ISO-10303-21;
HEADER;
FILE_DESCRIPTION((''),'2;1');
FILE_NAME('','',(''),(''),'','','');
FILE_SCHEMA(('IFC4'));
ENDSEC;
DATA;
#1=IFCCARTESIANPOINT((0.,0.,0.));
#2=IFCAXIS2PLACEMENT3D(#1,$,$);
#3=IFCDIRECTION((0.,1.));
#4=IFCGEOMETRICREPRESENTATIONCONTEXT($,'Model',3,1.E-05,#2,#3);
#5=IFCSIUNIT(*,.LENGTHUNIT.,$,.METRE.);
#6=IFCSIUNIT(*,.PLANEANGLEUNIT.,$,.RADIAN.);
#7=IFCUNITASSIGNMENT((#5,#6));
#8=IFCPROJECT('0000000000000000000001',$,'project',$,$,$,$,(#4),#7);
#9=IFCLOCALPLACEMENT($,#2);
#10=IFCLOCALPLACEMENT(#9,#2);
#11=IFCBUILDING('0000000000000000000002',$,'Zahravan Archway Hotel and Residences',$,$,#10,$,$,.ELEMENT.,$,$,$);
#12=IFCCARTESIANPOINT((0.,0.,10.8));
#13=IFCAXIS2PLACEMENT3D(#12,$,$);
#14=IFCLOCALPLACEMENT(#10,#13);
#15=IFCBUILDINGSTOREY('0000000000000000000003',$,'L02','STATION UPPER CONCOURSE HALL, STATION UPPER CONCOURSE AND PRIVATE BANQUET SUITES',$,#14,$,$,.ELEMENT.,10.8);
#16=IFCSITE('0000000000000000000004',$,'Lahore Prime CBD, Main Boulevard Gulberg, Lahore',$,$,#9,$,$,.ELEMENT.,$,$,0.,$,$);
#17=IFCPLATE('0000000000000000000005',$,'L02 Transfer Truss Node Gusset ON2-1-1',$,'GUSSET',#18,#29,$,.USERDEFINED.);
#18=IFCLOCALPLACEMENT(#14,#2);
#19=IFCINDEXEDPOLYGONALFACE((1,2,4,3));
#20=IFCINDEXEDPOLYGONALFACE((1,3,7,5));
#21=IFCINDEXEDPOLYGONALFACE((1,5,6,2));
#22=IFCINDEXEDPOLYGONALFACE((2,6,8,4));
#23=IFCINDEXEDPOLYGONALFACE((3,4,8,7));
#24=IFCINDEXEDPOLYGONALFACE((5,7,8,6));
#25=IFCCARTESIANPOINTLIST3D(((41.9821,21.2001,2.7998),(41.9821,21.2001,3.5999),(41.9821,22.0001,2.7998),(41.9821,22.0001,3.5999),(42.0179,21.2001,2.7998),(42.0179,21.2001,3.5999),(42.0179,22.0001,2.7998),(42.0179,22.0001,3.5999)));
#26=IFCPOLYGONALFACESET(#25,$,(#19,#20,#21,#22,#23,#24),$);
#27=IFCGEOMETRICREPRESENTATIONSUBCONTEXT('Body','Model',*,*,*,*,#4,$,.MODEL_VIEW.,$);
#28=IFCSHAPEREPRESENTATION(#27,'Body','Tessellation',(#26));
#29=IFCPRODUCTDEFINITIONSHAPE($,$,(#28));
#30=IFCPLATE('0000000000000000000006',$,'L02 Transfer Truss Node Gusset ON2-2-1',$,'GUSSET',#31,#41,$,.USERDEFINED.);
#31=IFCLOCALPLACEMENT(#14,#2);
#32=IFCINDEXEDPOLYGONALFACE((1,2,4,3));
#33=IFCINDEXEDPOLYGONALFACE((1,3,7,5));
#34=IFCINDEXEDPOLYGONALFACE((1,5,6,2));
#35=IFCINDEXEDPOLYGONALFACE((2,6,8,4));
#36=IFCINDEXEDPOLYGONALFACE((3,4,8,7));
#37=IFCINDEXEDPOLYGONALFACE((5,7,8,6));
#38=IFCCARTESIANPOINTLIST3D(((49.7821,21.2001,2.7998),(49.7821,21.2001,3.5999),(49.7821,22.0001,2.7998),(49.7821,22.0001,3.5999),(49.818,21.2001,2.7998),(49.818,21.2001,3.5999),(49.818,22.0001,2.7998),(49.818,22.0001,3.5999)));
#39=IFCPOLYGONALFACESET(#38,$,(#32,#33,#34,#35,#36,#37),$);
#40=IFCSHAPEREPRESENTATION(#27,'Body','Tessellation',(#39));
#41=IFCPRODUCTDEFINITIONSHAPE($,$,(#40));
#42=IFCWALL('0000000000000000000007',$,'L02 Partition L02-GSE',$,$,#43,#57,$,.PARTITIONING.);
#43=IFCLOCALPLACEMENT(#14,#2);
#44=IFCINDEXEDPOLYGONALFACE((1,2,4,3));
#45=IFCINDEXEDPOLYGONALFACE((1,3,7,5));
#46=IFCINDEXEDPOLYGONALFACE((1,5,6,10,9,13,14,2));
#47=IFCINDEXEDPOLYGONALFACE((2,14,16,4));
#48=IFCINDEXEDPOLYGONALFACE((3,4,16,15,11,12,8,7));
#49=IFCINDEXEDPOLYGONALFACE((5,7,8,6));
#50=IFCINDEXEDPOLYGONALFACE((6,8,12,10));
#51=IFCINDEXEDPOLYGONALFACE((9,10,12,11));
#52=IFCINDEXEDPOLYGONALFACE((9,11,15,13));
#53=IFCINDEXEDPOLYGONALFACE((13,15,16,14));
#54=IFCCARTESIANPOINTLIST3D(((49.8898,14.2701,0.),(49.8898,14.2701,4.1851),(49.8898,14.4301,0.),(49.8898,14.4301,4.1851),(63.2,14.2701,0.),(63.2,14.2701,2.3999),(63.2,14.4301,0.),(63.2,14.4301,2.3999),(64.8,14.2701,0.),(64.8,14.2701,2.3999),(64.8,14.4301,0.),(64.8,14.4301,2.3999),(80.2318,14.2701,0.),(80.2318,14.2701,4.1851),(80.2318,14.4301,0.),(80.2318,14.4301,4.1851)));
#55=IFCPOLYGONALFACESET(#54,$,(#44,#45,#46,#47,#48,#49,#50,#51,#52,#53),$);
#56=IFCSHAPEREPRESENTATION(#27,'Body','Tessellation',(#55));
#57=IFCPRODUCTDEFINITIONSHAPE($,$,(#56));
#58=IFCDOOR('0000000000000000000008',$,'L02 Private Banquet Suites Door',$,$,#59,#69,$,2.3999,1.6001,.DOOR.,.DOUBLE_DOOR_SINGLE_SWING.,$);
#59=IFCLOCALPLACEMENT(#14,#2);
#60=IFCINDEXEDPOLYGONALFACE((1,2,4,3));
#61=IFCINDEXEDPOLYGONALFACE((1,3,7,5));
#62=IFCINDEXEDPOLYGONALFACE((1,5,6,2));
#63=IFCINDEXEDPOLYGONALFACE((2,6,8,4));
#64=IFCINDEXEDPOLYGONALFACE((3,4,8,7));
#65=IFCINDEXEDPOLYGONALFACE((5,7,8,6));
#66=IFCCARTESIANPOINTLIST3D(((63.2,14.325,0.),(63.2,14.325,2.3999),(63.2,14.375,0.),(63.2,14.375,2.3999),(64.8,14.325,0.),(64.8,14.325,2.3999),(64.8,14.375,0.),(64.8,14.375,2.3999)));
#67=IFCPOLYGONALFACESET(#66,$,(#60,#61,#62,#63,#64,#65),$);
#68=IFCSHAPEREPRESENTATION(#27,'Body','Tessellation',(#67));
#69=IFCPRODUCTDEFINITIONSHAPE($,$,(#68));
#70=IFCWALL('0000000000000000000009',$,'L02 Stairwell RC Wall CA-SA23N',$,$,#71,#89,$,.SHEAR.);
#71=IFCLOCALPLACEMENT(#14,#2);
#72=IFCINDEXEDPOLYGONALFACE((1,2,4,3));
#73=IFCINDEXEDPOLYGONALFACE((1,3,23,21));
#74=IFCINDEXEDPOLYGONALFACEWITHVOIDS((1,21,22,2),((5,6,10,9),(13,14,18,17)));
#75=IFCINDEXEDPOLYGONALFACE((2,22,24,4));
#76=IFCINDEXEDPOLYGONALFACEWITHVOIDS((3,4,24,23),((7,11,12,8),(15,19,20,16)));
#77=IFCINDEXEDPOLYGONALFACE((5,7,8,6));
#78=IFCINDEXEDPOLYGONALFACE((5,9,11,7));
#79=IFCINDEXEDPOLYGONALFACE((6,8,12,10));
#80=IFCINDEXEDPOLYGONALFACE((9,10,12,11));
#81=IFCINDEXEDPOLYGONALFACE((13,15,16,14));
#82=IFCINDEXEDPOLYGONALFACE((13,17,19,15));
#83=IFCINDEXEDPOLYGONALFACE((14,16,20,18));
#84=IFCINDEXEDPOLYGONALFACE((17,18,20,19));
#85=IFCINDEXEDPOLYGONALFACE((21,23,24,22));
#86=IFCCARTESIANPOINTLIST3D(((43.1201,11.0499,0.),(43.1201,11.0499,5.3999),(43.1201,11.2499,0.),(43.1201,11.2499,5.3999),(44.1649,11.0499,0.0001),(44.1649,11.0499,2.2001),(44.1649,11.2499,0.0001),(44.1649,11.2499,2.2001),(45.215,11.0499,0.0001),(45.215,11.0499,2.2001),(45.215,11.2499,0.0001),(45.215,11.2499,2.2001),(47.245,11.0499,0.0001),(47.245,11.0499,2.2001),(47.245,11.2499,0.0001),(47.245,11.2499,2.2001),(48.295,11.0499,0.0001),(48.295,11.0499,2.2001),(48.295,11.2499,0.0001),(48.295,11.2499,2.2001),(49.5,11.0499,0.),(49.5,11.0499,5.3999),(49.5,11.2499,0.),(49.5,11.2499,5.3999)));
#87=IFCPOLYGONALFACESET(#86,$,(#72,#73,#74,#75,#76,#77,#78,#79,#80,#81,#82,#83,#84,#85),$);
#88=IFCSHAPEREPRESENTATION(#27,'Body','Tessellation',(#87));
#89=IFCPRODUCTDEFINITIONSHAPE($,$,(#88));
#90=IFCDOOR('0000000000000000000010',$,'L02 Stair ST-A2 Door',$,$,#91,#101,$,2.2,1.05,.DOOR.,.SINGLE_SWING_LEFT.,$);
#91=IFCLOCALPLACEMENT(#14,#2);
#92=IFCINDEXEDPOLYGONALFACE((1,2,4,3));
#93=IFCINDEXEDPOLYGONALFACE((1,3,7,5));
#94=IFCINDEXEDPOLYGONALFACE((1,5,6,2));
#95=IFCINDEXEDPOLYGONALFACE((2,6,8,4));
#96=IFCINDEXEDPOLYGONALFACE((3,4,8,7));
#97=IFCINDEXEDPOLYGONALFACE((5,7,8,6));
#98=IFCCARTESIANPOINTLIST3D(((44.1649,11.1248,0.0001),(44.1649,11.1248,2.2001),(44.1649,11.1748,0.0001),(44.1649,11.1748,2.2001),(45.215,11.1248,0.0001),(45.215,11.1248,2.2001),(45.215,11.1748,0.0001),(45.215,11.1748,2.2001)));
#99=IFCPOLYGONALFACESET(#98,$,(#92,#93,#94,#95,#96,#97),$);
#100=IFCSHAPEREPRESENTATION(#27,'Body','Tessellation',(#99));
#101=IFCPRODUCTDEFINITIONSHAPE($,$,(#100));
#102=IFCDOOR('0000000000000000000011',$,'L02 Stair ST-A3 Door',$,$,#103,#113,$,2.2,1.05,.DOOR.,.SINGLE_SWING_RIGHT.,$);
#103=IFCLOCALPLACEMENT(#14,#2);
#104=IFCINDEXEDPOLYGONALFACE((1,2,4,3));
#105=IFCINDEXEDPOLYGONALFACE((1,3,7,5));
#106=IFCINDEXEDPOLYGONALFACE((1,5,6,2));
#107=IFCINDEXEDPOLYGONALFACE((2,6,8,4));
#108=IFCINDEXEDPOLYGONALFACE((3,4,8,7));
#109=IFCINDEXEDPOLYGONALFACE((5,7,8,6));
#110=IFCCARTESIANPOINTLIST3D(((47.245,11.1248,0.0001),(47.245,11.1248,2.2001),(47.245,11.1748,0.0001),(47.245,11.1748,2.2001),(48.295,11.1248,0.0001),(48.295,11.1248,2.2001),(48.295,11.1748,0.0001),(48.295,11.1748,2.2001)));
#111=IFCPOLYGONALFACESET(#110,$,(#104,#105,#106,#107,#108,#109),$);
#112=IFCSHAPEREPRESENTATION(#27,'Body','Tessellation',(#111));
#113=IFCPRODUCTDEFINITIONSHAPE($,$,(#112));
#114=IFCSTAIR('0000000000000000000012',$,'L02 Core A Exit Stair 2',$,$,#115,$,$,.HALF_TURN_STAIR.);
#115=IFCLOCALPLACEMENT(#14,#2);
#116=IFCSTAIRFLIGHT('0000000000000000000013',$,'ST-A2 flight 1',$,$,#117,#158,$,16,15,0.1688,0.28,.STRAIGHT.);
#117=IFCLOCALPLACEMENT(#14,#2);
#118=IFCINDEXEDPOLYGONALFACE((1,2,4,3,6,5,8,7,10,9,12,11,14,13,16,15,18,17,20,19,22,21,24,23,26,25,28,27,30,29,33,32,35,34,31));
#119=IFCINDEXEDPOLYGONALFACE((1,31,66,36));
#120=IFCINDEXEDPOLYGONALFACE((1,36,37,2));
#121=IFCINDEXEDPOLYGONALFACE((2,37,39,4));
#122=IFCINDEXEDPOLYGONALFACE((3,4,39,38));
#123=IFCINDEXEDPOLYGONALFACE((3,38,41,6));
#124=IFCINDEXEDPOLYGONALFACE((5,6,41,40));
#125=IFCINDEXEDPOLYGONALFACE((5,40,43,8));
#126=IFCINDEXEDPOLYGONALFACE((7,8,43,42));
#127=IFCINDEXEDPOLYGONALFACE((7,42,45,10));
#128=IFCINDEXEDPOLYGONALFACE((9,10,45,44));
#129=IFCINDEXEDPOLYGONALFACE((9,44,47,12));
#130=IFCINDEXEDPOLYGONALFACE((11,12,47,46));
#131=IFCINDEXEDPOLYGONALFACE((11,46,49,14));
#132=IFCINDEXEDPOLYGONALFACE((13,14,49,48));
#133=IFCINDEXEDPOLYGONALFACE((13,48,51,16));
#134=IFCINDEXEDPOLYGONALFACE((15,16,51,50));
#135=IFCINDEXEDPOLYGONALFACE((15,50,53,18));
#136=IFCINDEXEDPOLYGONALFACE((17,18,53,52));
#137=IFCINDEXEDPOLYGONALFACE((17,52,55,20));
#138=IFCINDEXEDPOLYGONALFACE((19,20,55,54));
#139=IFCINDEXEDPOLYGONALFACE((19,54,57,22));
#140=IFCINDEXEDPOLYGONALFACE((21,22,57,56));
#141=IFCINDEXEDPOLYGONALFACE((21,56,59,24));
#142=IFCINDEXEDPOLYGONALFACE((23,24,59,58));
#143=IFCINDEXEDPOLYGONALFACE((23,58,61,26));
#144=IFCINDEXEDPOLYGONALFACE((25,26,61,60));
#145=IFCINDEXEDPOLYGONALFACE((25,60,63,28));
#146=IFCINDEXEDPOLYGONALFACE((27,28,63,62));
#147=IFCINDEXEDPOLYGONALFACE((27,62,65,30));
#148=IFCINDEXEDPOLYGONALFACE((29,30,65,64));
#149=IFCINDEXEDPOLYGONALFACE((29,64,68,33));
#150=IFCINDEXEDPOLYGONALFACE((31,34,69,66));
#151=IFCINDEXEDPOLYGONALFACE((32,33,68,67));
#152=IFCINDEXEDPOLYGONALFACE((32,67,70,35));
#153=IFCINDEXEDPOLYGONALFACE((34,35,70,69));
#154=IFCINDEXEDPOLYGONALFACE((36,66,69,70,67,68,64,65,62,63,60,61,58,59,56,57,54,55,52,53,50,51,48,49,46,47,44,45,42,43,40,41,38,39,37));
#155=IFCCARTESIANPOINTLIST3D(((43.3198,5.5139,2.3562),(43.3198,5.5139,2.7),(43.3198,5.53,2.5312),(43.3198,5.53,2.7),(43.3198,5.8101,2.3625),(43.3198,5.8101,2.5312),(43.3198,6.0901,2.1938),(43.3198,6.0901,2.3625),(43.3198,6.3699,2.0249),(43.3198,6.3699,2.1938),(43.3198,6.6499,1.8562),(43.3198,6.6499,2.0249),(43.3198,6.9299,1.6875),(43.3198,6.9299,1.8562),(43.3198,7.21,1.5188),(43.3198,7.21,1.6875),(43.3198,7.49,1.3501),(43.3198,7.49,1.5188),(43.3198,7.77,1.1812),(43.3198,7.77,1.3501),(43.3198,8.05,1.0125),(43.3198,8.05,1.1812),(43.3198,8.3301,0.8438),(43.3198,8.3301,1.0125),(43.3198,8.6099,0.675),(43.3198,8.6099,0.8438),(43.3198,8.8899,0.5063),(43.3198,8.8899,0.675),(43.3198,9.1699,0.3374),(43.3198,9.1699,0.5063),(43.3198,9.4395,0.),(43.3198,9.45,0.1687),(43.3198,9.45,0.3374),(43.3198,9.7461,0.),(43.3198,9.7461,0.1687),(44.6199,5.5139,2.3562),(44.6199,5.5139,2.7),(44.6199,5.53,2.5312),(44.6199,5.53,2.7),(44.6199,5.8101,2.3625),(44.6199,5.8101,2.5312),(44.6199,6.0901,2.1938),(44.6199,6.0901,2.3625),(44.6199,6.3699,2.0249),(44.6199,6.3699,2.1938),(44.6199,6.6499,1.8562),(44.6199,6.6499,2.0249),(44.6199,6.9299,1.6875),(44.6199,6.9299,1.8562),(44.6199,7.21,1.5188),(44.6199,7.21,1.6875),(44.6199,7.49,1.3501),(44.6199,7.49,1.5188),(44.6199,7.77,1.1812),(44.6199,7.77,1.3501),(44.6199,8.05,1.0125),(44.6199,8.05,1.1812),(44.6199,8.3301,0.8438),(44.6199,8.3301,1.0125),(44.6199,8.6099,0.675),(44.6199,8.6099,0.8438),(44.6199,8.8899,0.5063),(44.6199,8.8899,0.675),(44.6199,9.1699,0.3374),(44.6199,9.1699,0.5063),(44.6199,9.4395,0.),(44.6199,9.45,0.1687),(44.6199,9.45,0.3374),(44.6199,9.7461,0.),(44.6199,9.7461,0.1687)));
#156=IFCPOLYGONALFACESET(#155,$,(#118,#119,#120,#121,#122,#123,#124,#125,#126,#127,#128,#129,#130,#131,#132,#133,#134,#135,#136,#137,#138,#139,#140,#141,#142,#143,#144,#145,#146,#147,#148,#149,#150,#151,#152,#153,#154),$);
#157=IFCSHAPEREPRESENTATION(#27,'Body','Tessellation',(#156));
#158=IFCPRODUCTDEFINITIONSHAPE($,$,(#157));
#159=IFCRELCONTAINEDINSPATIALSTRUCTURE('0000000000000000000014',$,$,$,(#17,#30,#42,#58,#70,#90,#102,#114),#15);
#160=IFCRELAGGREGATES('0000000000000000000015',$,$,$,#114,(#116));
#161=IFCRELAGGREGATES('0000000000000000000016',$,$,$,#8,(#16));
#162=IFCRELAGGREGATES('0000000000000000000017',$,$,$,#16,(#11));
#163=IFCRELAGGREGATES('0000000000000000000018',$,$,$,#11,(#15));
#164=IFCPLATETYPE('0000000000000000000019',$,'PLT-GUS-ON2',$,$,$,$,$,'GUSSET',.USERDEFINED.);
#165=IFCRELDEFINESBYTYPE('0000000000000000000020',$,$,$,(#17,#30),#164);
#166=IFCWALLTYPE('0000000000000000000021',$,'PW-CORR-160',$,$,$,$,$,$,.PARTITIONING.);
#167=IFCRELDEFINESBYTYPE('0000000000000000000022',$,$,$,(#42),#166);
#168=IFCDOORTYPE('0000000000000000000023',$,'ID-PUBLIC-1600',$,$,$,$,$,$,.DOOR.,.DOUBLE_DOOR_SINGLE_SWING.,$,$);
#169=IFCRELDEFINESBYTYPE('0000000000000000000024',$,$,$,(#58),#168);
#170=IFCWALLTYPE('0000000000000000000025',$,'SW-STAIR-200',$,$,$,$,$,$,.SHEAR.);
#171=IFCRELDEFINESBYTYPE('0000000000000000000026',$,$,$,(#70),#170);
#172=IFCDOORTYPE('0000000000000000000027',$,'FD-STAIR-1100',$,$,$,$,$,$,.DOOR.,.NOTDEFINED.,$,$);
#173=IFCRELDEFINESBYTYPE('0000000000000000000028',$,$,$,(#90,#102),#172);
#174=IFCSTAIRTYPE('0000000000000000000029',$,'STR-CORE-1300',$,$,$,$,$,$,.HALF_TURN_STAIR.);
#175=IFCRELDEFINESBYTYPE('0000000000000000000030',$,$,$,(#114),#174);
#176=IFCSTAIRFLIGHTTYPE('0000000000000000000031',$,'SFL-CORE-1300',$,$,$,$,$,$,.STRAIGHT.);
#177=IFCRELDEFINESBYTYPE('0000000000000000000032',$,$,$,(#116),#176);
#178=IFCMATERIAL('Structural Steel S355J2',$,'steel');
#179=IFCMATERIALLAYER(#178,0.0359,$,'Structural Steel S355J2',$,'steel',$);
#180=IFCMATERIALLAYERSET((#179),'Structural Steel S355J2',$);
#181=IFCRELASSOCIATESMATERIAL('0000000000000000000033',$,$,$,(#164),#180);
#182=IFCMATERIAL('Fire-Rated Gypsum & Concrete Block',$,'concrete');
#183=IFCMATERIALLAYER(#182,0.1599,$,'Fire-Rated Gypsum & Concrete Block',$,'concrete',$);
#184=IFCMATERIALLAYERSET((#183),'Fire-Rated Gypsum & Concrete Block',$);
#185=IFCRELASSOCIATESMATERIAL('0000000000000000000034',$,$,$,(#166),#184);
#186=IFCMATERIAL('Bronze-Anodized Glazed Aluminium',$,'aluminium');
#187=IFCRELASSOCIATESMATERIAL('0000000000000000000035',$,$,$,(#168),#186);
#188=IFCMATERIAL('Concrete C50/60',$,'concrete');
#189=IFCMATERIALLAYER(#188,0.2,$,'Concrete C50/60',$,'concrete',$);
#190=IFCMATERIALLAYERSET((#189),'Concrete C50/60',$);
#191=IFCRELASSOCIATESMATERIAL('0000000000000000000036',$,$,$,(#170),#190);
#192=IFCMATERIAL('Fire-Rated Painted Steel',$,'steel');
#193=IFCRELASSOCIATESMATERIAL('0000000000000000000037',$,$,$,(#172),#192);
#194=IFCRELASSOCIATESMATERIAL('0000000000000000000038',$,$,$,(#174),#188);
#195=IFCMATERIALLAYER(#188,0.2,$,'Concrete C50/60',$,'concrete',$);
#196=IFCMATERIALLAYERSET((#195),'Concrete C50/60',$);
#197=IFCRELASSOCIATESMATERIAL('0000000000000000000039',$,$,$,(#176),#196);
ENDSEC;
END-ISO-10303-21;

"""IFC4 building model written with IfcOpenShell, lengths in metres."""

from ifc_helpers import new_model, si_unit, direction, frame, frame_2d, origin, origin_2d, place, context, subcontext, project, spatial, polyline, rectangle, outline, extrude, source, transform, mapped, material, layer, layer_set, type_object, type_shapes, element, fill, aggregate, save


model = new_model("IFC4")

# Units and contexts
model_context = context("Model", 3, precision=1e-05, world=origin(), true_north=direction((0.0, 1.0)))
body_context = subcontext(model_context, "Body", "Model", "MODEL_VIEW")
ifc_project = project(units=[si_unit("LENGTHUNIT", "METRE"), si_unit("PLANEANGLEUNIT", "RADIAN")], contexts=[model_context])

# Site, building, storey
site_placement = place(None, origin())
site = spatial("IfcSite", under=ifc_project, at=site_placement, Name="Lahore Prime CBD, Main Boulevard Gulberg, Lahore", CompositionType="ELEMENT", RefElevation=0.0)
building_placement = place(site_placement, origin())
building = spatial("IfcBuilding", under=site, at=building_placement, Name="Zahravan Archway Hotel and Residences", CompositionType="ELEMENT")
storey_placement = place(building_placement, frame((0.0, 0.0, 10.8)))
storey = spatial("IfcBuildingStorey", under=building, at=storey_placement, Name="L02", Description="STATION UPPER CONCOURSE HALL, STATION UPPER CONCOURSE AND PRIVATE BANQUET SUITES", CompositionType="ELEMENT", Elevation=10.8)

# Shared definitions
ifc_material_1 = material(Name="Structural Steel S355J2", Category="steel")

# Plates
ifc_layer_1 = layer(ifc_material_1, 0.0359, Name="Structural Steel S355J2", Category="steel")
ifc_layer_set_1 = layer_set([ifc_layer_1], Name="Structural Steel S355J2")
plate_type = type_object("IfcPlateType", Name="PLT-GUS-ON2", ElementType="GUSSET", PredefinedType="USERDEFINED", material=ifc_layer_set_1)
shared_shape_1 = source(origin(), body_context, "Body", "SweptSolid", [
    extrude(rectangle(XDim=0.8, YDim=0.0359, at=origin_2d()), origin(), (0.0, 0.0, 1.0), 0.8),
])
type_shapes(plate_type, [shared_shape_1])
for number, where, z_axis, x_axis, name in (
    (1, (42.0, 21.6001, 2.7998), (0.0, 0.0, 1.0), (0.0, 1.0, 0.0), "L02 Transfer Truss Node Gusset ON2-1-1"),
    (2, (49.8, 21.6001, 2.7998), (0.0, 0.0, 1.0), (0.0, 1.0, 0.0), "L02 Transfer Truss Node Gusset ON2-2-1"),
):
    element("IfcPlate", number, at=place(storey_placement, frame(where, z_axis=z_axis, x_axis=x_axis)), inside=storey, type_object=plate_type, Name=name, ObjectType="GUSSET", PredefinedType="USERDEFINED", context=body_context, shape_type="MappedRepresentation", body=[
        mapped(shared_shape_1, transform((0.0, 0.0, 0.0), scale=1.0)),
    ])

# Wall, opening, door
ifc_material_2 = material(Name="Fire-Rated Gypsum & Concrete Block", Category="concrete")
ifc_material_3 = material(Name="Fire-Rated Painted Steel", Category="steel")
ifc_layer_2 = layer(ifc_material_2, 0.1599, Name="Fire-Rated Gypsum & Concrete Block", Category="concrete")
ifc_layer_set_2 = layer_set([ifc_layer_2], Name="Fire-Rated Gypsum & Concrete Block")
wall_type_1 = type_object("IfcWallType", Name="PW-CORR-160", PredefinedType="PARTITIONING", material=ifc_layer_set_2)
wall_1_placement = place(storey_placement, frame((49.8899, 14.3501, 0.0), z_axis=(0.0, 0.0, 1.0), x_axis=(1.0, 0.0, 0.0)))
wall_1 = element("IfcWall", 3, at=wall_1_placement, inside=storey, type_object=wall_type_1, Name="L02 Partition L02-GSE", PredefinedType="PARTITIONING", context=body_context, shape_type="SweptSolid", body=[
    extrude(rectangle(XDim=30.342, YDim=0.1599, at=frame_2d((15.1709, 0.0))), origin(), (0.0, 0.0, 1.0), 4.1851),
])
opening_1_placement = place(wall_1_placement, frame((13.3101, 0.0, 0.0)))
opening_1 = element("IfcOpeningElement", 4, at=opening_1_placement, cuts=wall_1, PredefinedType="OPENING", context=body_context, shape_type="SweptSolid", body=[
    extrude(rectangle(XDim=1.6001, YDim=2.3999, at=frame_2d((0.8, 1.2))), frame((0.0, 0.0898, 0.0), z_axis=(0.0, -1.0, 0.0), x_axis=(1.0, 0.0, 0.0)), (0.0, 0.0, 1.0), 0.1799),
])
ifc_material_4 = material(Name="Bronze-Anodized Glazed Aluminium", Category="aluminium")
door_type_1 = type_object("IfcDoorType", Name="ID-PUBLIC-1600", OperationType="DOUBLE_DOOR_SINGLE_SWING", PredefinedType="DOOR", material=ifc_material_4)
shared_shape_2 = source(origin(), body_context, "Body", "SweptSolid", [
    extrude(rectangle(XDim=1.6001, YDim=2.3999, at=frame_2d((0.8, 1.2))), frame((0.0, 0.0249, 0.0), z_axis=(0.0, -1.0, 0.0), x_axis=(1.0, 0.0, 0.0)), (0.0, 0.0, 1.0), 0.05),
])
type_shapes(door_type_1, [shared_shape_2])
door_1_placement = place(opening_1_placement, origin())
door_1 = element("IfcDoor", 5, at=door_1_placement, inside=storey, type_object=door_type_1, Name="L02 Private Banquet Suites Door", OperationType="DOUBLE_DOOR_SINGLE_SWING", OverallHeight=2.3999, OverallWidth=1.6001, PredefinedType="DOOR", context=body_context, shape_type="MappedRepresentation", body=[
    mapped(shared_shape_2, transform((0.0, 0.0, 0.0), scale=1.0)),
])
fill(opening_1, door_1)

# Wall, openings, doors
ifc_material_5 = material(Name="Concrete C50/60", Category="concrete")
ifc_layer_3 = layer(ifc_material_5, 0.2, Name="Concrete C50/60", Category="concrete")
ifc_layer_set_3 = layer_set([ifc_layer_3], Name="Concrete C50/60")
wall_type_2 = type_object("IfcWallType", Name="SW-STAIR-200", PredefinedType="SHEAR", material=ifc_layer_set_3)
wall_2_placement = place(storey_placement, frame((43.1201, 11.1499, 0.0), z_axis=(0.0, 0.0, 1.0), x_axis=(1.0, 0.0, 0.0)))
wall_2 = element("IfcWall", 6, at=wall_2_placement, inside=storey, type_object=wall_type_2, Name="L02 Stairwell RC Wall CA-SA23N", PredefinedType="SHEAR", context=body_context, shape_type="SweptSolid", body=[
    extrude(rectangle(XDim=6.3799, YDim=0.2, at=frame_2d((3.1899, 0.0))), origin(), (0.0, 0.0, 1.0), 5.3999),
])
opening_2_placement = place(wall_2_placement, frame((1.0449, 0.0, 0.0)))
opening_2 = element("IfcOpeningElement", 7, at=opening_2_placement, cuts=wall_2, PredefinedType="OPENING", context=body_context, shape_type="SweptSolid", body=[
    extrude(rectangle(XDim=1.05, YDim=2.2, at=frame_2d((0.5249, 1.1001))), frame((0.0, 0.1099, 0.0), z_axis=(0.0, -1.0, 0.0), x_axis=(1.0, 0.0, 0.0)), (0.0, 0.0, 1.0), 0.22),
])
opening_3_placement = place(wall_2_placement, frame((4.125, 0.0, 0.0)))
opening_3 = element("IfcOpeningElement", 8, at=opening_3_placement, cuts=wall_2, PredefinedType="OPENING", context=body_context, shape_type="SweptSolid", body=[
    extrude(rectangle(XDim=1.05, YDim=2.2, at=frame_2d((0.5249, 1.1001))), frame((0.0, 0.1099, 0.0), z_axis=(0.0, -1.0, 0.0), x_axis=(1.0, 0.0, 0.0)), (0.0, 0.0, 1.0), 0.22),
])
door_type_2 = type_object("IfcDoorType", Name="FD-STAIR-1100", OperationType="NOTDEFINED", PredefinedType="DOOR", material=ifc_material_3)
shared_shape_3 = source(origin(), body_context, "Body", "SweptSolid", [
    extrude(rectangle(XDim=1.05, YDim=2.2, at=frame_2d((0.5249, 1.1001))), frame((0.0, 0.0249, 0.0), z_axis=(0.0, -1.0, 0.0), x_axis=(1.0, 0.0, 0.0)), (0.0, 0.0, 1.0), 0.05),
])
type_shapes(door_type_2, [shared_shape_3])
door_2_placement = place(opening_2_placement, origin())
door_2 = element("IfcDoor", 9, at=door_2_placement, inside=storey, type_object=door_type_2, Name="L02 Stair ST-A2 Door", OperationType="SINGLE_SWING_LEFT", OverallHeight=2.2, OverallWidth=1.05, PredefinedType="DOOR", context=body_context, shape_type="MappedRepresentation", body=[
    mapped(shared_shape_3, transform((0.0, 0.0, 0.0), scale=1.0)),
])
fill(opening_2, door_2)
door_3_placement = place(opening_3_placement, origin())
door_3 = element("IfcDoor", 10, at=door_3_placement, inside=storey, type_object=door_type_2, Name="L02 Stair ST-A3 Door", OperationType="SINGLE_SWING_RIGHT", OverallHeight=2.2, OverallWidth=1.05, PredefinedType="DOOR", context=body_context, shape_type="MappedRepresentation", body=[
    mapped(shared_shape_3, transform((0.0, 0.0, 0.0), scale=1.0)),
])
fill(opening_3, door_3)

# Stair, stair flight
stair_type = type_object("IfcStairType", Name="STR-CORE-1300", PredefinedType="HALF_TURN_STAIR", material=ifc_material_5)
stair_1_placement = place(storey_placement, origin())
stair_1 = element("IfcStair", 11, at=stair_1_placement, inside=storey, type_object=stair_type, Name="L02 Core A Exit Stair 2", PredefinedType="HALF_TURN_STAIR")
ifc_layer_4 = layer(ifc_material_5, 0.2, Name="Concrete C50/60", Category="concrete")
ifc_layer_set_4 = layer_set([ifc_layer_4], Name="Concrete C50/60")
stair_flight_type = type_object("IfcStairFlightType", Name="SFL-CORE-1300", PredefinedType="STRAIGHT", material=ifc_layer_set_4)
shared_shape_4 = source(origin(), body_context, "Body", "SweptSolid", [
    extrude(outline(polyline([(-0.0161, 0.0), (-0.0161, 0.1687), (0.28, 0.1687), (0.28, 0.3374), (0.5601, 0.3374), (0.5601, 0.5063), (0.8401, 0.5063), (0.8401, 0.675), (1.1201, 0.675), (1.1201, 0.8438), (1.3999, 0.8438), (1.3999, 1.0125), (1.6799, 1.0125), (1.6799, 1.1812), (1.96, 1.1812), (1.96, 1.3501), (2.24, 1.3501), (2.24, 1.5188), (2.52, 1.5188), (2.52, 1.6875), (2.8, 1.6875), (2.8, 1.8562), (3.0801, 1.8562), (3.0801, 2.0249), (3.3601, 2.0249), (3.3601, 2.1938), (3.6399, 2.1938), (3.6399, 2.3625), (3.9199, 2.3625), (3.9199, 2.5312), (4.2, 2.5312), (4.2, 2.7), (4.2161, 2.7), (4.2161, 2.3562), (0.2905, 0.0), (-0.0161, 0.0)])), frame((0.0, 0.6499, 0.0), z_axis=(0.0, -1.0, 0.0), x_axis=(1.0, 0.0, 0.0)), (0.0, 0.0, 1.0), 1.3),
])
stair_flight_1_placement = place(storey_placement, frame((43.97, 9.73, 0.0), z_axis=(0.0, 0.0, 1.0), x_axis=(0.0, -1.0, 0.0)))
stair_flight_1 = element("IfcStairFlight", 12, at=stair_flight_1_placement, type_object=stair_flight_type, Name="ST-A2 flight 1", NumberOfRisers=16, NumberOfTreads=15, PredefinedType="STRAIGHT", RiserHeight=0.1688, TreadLength=0.28, context=body_context, shape_type="MappedRepresentation", body=[
    mapped(shared_shape_4, transform((0.0, 0.0, 0.0), scale=1.0)),
])
aggregate(stair_1, [stair_flight_1])

save(model, "model.ifc")
